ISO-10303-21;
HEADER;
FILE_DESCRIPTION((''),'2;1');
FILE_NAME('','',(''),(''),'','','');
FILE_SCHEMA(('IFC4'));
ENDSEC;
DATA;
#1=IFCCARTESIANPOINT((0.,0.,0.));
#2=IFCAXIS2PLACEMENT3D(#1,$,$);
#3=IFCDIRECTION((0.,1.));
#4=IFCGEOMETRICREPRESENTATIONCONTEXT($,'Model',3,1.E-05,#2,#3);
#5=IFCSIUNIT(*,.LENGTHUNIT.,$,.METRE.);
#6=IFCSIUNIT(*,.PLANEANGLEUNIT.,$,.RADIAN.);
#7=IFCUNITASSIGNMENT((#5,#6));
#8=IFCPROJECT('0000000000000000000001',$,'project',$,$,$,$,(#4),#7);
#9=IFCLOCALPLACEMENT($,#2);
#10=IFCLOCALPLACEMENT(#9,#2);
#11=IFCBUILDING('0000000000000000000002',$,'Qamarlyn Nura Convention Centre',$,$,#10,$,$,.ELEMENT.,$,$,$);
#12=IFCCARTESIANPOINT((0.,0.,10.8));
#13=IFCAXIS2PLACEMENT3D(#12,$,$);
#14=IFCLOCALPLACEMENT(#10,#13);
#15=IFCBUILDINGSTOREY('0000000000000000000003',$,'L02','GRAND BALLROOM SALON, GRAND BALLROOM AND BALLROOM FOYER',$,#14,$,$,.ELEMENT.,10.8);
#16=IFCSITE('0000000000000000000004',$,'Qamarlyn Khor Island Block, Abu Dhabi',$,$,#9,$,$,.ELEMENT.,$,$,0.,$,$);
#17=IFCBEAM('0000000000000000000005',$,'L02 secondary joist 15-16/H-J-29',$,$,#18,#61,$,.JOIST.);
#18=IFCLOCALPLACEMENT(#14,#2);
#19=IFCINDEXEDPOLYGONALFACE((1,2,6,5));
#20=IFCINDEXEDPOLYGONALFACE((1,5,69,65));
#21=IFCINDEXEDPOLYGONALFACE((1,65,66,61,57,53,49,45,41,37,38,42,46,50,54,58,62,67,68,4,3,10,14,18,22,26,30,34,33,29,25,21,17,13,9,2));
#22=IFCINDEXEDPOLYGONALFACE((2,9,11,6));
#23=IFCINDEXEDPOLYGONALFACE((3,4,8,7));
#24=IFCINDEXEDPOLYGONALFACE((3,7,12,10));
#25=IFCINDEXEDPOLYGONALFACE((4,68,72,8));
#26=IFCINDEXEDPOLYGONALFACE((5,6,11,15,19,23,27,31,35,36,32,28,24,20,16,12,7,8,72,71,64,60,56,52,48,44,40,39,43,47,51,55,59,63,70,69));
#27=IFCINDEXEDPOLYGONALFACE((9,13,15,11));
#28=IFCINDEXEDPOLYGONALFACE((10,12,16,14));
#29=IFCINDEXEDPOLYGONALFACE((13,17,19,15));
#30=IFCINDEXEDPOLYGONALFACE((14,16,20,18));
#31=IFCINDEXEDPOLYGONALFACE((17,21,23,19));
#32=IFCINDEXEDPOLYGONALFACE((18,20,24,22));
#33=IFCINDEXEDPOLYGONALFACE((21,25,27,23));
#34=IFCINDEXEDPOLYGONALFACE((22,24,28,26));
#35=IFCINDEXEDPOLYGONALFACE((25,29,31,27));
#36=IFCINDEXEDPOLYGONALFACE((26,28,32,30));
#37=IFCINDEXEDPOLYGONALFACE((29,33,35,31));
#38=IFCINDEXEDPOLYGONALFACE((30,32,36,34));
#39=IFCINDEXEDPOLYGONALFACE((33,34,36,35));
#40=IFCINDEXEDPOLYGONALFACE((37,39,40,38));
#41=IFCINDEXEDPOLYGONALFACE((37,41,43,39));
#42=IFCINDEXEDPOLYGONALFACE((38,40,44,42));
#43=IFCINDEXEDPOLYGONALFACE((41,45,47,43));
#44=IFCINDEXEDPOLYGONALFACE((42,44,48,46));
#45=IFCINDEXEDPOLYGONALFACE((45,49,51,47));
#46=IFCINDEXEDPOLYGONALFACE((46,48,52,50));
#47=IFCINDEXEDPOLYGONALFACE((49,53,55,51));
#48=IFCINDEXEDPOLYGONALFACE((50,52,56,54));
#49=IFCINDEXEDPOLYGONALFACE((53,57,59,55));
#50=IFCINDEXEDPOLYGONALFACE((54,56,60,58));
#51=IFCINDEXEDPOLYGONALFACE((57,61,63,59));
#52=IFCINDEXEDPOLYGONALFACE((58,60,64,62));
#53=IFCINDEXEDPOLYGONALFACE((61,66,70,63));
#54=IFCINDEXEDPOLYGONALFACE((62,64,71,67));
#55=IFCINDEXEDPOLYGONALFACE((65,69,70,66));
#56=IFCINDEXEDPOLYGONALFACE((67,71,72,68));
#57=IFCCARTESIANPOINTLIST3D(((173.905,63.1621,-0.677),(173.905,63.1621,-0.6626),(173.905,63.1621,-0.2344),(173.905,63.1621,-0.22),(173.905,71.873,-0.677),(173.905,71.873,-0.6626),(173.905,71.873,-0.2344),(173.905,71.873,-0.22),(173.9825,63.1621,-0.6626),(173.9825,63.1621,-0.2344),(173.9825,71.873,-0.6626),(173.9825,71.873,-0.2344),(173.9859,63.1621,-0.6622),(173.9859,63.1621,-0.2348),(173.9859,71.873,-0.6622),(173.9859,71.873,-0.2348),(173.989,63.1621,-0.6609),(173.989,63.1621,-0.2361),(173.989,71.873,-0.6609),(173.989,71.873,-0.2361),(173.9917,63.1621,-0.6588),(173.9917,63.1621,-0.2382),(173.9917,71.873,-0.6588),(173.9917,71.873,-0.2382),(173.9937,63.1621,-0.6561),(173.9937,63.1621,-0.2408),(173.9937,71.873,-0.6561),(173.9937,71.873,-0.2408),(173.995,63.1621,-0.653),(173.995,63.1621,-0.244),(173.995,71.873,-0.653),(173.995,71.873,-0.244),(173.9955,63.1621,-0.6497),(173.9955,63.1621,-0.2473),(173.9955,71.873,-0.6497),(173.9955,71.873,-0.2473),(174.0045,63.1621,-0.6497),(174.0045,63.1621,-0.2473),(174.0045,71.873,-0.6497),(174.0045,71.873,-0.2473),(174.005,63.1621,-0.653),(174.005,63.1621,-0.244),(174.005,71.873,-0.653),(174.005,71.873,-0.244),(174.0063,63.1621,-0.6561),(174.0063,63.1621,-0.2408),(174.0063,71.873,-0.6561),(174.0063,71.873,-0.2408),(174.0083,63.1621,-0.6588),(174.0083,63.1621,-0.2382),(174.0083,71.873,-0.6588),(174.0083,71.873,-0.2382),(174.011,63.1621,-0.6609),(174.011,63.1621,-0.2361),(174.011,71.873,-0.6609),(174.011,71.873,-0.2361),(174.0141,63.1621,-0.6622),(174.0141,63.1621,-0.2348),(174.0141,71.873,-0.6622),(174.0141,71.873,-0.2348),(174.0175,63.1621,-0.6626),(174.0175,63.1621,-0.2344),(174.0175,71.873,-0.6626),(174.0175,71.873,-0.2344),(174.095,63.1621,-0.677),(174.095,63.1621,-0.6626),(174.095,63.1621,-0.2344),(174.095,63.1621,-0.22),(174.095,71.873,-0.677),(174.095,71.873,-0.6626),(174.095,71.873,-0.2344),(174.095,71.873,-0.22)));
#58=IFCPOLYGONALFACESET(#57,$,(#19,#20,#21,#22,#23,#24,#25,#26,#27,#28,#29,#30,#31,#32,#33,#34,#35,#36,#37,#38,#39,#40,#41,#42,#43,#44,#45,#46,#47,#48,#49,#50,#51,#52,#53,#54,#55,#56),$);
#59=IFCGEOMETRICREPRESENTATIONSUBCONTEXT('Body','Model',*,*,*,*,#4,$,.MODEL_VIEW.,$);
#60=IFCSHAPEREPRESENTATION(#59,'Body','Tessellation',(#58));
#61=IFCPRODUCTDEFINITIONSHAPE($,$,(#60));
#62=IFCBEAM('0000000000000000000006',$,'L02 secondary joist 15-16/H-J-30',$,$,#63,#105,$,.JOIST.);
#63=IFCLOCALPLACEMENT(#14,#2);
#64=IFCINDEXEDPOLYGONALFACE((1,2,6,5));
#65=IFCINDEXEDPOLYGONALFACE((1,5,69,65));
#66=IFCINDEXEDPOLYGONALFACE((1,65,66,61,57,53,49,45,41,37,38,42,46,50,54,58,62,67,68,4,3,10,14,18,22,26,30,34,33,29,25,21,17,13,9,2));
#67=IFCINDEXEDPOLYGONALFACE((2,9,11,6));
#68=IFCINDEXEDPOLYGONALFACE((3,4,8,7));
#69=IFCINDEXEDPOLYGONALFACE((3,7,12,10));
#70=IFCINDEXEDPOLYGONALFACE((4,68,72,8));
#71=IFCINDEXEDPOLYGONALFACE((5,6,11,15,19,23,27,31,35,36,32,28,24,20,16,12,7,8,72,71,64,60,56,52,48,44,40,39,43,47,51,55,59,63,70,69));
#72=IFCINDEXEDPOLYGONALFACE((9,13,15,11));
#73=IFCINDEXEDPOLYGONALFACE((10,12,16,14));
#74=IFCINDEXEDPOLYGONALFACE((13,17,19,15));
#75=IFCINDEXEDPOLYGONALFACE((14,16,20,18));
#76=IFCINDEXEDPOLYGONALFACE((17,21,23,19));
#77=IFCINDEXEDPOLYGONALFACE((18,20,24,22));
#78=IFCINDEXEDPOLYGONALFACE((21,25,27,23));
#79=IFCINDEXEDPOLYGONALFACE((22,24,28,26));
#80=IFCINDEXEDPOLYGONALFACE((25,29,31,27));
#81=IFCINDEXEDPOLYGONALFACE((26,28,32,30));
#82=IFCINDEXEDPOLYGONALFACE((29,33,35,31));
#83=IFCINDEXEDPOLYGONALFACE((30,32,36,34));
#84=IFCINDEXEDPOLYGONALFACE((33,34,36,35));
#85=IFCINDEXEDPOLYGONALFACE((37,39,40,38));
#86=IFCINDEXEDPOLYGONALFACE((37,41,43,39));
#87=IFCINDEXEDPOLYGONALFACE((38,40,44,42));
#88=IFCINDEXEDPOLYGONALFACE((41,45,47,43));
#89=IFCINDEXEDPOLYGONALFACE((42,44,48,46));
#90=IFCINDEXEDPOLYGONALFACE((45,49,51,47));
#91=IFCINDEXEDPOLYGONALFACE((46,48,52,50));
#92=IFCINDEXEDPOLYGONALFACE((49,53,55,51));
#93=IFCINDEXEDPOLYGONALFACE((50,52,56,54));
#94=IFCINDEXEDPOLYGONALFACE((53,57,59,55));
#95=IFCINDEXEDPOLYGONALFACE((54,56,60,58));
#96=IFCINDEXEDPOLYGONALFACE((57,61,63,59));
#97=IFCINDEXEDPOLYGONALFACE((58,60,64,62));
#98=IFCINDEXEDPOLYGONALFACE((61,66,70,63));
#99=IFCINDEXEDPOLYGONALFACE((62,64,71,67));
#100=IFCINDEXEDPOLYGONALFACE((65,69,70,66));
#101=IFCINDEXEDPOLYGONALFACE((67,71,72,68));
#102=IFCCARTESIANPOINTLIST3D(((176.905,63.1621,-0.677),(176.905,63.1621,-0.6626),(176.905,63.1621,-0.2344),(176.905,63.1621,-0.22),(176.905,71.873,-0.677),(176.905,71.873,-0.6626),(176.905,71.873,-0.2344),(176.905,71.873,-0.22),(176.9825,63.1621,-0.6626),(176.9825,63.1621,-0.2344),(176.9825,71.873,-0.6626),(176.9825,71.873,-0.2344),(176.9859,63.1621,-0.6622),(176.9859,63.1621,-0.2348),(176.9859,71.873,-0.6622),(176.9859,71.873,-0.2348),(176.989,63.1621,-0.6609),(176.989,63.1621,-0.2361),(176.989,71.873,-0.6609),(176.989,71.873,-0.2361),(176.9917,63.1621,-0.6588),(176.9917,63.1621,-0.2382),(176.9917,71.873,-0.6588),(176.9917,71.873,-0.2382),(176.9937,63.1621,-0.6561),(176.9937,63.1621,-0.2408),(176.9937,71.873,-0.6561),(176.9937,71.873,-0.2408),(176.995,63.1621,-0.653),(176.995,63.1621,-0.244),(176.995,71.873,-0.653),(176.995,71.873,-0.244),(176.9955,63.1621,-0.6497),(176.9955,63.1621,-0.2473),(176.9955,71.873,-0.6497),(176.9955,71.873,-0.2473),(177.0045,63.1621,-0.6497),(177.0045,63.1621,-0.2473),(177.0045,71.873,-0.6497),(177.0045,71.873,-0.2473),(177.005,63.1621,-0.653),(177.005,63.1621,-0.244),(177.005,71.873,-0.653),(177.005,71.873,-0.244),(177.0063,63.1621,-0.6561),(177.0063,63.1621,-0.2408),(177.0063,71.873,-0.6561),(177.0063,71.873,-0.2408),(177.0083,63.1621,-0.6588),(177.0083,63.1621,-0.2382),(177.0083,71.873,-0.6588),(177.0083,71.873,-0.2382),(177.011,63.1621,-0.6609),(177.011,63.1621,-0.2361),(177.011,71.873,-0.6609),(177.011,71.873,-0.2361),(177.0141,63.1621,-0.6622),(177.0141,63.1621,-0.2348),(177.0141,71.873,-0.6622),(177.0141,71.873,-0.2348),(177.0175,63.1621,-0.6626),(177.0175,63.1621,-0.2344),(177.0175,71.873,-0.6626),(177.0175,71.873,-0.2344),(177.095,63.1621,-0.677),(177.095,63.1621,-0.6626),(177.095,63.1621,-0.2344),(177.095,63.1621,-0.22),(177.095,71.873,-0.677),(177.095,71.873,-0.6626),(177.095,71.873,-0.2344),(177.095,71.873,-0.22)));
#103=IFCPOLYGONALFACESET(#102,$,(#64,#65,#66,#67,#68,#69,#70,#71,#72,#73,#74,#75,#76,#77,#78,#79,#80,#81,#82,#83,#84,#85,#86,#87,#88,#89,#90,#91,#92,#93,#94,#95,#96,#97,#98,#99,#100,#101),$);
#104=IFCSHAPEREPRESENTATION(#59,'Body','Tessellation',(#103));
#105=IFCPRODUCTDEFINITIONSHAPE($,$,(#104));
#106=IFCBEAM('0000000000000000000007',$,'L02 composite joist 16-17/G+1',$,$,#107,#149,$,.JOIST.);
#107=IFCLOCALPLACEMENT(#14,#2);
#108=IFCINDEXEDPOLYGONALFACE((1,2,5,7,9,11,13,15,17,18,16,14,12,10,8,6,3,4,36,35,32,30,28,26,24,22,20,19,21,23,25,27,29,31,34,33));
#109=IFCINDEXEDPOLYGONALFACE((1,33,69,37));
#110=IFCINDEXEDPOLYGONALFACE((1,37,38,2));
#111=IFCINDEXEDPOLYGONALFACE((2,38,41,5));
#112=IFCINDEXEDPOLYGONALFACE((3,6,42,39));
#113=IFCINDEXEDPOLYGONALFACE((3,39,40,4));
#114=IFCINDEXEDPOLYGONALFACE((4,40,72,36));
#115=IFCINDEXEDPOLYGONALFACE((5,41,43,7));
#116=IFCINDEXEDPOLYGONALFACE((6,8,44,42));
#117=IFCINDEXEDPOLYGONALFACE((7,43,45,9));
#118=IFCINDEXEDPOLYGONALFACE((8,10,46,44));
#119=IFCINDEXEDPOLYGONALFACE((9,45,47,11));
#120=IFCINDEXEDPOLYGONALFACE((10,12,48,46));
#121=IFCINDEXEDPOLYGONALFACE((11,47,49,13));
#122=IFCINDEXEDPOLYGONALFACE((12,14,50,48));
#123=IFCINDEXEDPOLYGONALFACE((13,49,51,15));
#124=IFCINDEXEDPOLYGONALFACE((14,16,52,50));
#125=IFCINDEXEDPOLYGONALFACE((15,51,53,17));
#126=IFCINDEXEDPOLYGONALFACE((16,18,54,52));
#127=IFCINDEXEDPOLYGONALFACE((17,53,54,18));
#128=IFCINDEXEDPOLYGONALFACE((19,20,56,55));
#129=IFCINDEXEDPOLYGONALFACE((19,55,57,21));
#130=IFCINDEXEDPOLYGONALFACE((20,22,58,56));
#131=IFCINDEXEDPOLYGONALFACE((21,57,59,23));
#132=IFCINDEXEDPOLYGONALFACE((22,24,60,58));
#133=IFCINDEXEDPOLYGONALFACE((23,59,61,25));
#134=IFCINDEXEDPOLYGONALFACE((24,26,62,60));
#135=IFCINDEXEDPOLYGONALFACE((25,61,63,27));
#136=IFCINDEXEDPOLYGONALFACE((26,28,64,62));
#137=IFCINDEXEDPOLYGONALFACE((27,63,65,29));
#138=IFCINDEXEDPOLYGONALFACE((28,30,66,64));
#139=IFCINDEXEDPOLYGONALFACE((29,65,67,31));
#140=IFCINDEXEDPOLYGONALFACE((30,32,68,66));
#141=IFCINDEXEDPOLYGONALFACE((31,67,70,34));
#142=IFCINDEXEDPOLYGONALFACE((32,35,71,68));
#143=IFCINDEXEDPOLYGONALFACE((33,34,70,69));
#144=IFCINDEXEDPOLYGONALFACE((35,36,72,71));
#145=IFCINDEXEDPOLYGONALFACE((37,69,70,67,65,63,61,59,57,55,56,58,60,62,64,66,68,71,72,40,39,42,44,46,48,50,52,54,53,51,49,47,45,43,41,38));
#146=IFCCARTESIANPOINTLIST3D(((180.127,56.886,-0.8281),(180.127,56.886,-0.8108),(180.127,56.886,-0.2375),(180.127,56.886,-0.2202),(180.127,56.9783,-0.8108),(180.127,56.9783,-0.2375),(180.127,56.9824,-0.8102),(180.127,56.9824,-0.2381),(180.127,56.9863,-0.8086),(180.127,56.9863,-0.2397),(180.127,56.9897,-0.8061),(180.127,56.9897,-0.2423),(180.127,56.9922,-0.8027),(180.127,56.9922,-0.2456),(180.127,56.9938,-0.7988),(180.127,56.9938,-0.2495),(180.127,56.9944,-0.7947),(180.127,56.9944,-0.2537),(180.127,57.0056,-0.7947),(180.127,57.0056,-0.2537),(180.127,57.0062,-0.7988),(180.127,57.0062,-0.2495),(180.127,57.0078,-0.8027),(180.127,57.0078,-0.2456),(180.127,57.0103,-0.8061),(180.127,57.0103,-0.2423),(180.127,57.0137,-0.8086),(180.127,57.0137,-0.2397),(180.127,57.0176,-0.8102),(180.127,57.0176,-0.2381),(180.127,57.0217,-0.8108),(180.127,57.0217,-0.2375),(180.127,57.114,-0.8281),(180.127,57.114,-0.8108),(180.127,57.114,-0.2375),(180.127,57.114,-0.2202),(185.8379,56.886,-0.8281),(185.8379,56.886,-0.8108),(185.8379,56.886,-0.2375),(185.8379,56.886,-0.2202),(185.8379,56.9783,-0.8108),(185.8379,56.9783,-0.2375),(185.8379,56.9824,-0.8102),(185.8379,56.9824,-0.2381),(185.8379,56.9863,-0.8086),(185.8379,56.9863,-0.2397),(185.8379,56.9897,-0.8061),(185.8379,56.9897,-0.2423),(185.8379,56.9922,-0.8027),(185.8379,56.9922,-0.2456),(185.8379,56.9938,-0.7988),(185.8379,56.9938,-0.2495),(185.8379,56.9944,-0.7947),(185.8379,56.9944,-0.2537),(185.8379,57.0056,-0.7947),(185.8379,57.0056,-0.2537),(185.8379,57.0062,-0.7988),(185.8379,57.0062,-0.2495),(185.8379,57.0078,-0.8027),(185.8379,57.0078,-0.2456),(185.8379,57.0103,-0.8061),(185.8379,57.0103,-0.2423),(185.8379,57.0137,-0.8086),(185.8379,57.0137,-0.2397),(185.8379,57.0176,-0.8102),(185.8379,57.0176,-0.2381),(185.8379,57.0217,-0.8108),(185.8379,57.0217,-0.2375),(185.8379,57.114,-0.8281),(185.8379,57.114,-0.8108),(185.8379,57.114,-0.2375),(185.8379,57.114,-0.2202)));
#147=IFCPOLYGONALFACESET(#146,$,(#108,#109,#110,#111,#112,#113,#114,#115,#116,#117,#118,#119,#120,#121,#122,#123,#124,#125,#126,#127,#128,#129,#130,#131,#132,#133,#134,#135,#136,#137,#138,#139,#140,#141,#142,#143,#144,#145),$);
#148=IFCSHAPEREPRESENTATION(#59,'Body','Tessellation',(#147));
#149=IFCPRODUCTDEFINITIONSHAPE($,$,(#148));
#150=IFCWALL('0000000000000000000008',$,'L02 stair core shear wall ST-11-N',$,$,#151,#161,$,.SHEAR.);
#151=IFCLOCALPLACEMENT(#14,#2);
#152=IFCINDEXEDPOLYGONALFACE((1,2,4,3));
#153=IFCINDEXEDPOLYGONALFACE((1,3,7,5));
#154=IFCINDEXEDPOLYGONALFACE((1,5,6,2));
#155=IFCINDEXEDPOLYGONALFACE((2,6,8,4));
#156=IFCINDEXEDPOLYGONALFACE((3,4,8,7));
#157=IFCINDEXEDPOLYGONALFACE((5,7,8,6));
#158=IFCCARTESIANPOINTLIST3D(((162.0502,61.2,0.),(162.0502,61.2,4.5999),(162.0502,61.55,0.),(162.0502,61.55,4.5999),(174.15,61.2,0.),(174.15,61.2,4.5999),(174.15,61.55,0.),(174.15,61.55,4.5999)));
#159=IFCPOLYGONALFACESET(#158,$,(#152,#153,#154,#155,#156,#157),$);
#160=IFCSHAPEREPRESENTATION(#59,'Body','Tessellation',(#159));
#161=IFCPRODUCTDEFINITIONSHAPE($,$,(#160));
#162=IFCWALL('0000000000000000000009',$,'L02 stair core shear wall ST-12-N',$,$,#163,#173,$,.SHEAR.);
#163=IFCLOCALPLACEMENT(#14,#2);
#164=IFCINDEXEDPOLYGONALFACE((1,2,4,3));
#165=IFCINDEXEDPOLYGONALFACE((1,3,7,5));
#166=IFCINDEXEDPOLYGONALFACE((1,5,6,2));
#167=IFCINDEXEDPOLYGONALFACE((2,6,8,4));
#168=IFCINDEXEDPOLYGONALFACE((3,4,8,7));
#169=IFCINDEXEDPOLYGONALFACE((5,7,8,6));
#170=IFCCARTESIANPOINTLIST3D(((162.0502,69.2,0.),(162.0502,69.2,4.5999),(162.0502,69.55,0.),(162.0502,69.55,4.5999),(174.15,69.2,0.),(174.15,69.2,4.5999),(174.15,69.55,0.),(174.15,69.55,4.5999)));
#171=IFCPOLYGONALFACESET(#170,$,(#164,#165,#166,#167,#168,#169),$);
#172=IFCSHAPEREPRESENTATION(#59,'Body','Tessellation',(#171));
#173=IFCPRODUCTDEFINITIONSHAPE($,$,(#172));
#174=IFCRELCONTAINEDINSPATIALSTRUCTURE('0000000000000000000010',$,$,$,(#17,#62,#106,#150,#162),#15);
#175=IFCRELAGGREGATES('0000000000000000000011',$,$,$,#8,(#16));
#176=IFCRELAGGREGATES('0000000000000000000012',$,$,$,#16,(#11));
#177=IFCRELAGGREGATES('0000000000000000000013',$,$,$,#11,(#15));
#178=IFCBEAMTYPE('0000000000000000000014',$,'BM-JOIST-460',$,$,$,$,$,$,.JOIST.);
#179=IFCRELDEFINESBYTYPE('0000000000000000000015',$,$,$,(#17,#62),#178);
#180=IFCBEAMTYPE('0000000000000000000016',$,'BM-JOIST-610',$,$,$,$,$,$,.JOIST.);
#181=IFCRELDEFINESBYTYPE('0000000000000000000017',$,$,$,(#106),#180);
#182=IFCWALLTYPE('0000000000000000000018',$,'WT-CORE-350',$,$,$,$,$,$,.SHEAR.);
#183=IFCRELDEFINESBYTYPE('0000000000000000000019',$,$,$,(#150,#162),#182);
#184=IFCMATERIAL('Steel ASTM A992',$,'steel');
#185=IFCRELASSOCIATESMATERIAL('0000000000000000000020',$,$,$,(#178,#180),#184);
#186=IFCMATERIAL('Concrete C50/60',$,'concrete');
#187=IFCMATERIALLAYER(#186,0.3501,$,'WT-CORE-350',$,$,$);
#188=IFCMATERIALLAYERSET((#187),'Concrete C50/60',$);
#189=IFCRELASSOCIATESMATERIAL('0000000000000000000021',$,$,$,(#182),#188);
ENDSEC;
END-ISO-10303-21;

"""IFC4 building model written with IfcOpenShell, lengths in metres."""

from ifc_helpers import new_model, si_unit, direction, frame, frame_2d, origin, origin_2d, place, context, subcontext, project, spatial, rectangle, i_section, extrude, material, layer, layer_set, material_profile, profile_set, type_object, element, save


model = new_model("IFC4")

# Units and contexts
model_context = context("Model", 3, precision=1e-05, world=origin(), true_north=direction((0.0, 1.0)))
body_context = subcontext(model_context, "Body", "Model", "MODEL_VIEW")
ifc_project = project(units=[si_unit("LENGTHUNIT", "METRE"), si_unit("PLANEANGLEUNIT", "RADIAN")], contexts=[model_context])

# Site, building, storey
site_placement = place(None, origin())
site = spatial("IfcSite", under=ifc_project, at=site_placement, Name="Qamarlyn Khor Island Block, Abu Dhabi", CompositionType="ELEMENT", RefElevation=0.0)
building_placement = place(site_placement, origin())
building = spatial("IfcBuilding", under=site, at=building_placement, Name="Qamarlyn Nura Convention Centre", CompositionType="ELEMENT")
storey_placement = place(building_placement, frame((0.0, 0.0, 10.8)))
storey = spatial("IfcBuildingStorey", under=building, at=storey_placement, Name="L02", Description="GRAND BALLROOM SALON, GRAND BALLROOM AND BALLROOM FOYER", CompositionType="ELEMENT", Elevation=10.8)

# Shared definitions
ifc_material_1 = material(Name="Steel ASTM A992", Category="steel")

# Beams
ifc_material_profile_1 = material_profile(ifc_material_1, i_section(OverallWidth=0.1899, OverallDepth=0.457, WebThickness=0.009, FlangeThickness=0.0144, FilletRadius=0.0129, at=origin_2d()), Name="W460X74")
ifc_profile_set_1 = profile_set([ifc_material_profile_1], Name="Steel ASTM A992")
beam_type_1 = type_object("IfcBeamType", Name="BM-JOIST-460", PredefinedType="JOIST", material=ifc_profile_set_1)
for number, where, z_axis, x_axis, name in (
    (1, (174.0, 63.1621, -0.4485), (0.0, 1.0, 0.0), (-1.0, 0.0, 0.0), "L02 secondary joist 15-16/H-J-29"),
    (2, (177.0, 63.1621, -0.4485), (0.0, 1.0, 0.0), (-1.0, 0.0, 0.0), "L02 secondary joist 15-16/H-J-30"),
):
    element("IfcBeam", number, at=place(storey_placement, frame(where, z_axis=z_axis, x_axis=x_axis)), inside=storey, type_object=beam_type_1, Name=name, PredefinedType="JOIST", context=body_context, shape_type="SweptSolid", body=[
        extrude(i_section(OverallWidth=0.1899, OverallDepth=0.457, WebThickness=0.009, FlangeThickness=0.0144, FilletRadius=0.0129, at=origin_2d()), origin(), (0.0, 0.0, 1.0), 8.7109),
    ])
ifc_material_profile_2 = material_profile(ifc_material_1, i_section(OverallWidth=0.228, OverallDepth=0.6079, WebThickness=0.0112, FlangeThickness=0.0173, FilletRadius=0.0161, at=origin_2d()), Name="W610X113")
ifc_profile_set_2 = profile_set([ifc_material_profile_2], Name="Steel ASTM A992")
beam_type_2 = type_object("IfcBeamType", Name="BM-JOIST-610", PredefinedType="JOIST", material=ifc_profile_set_2)
beam_1_placement = place(storey_placement, frame((180.127, 57.0, -0.5242), z_axis=(1.0, 0.0, 0.0), x_axis=(0.0, 1.0, 0.0)))
element("IfcBeam", 3, at=beam_1_placement, inside=storey, type_object=beam_type_2, Name="L02 composite joist 16-17/G+1", PredefinedType="JOIST", context=body_context, shape_type="SweptSolid", body=[
    extrude(i_section(OverallWidth=0.228, OverallDepth=0.6079, WebThickness=0.0112, FlangeThickness=0.0173, FilletRadius=0.0161, at=origin_2d()), origin(), (0.0, 0.0, 1.0), 5.7109),
])

# Walls
ifc_material_2 = material(Name="Concrete C50/60", Category="concrete")
ifc_layer_1 = layer(ifc_material_2, 0.3501, Name="WT-CORE-350")
ifc_layer_set_1 = layer_set([ifc_layer_1], Name="Concrete C50/60")
wall_type_1 = type_object("IfcWallType", Name="WT-CORE-350", PredefinedType="SHEAR", material=ifc_layer_set_1)
for number, where, z_axis, x_axis, name in (
    (4, (174.1499, 61.375, 0.0), (0.0, 0.0, 1.0), (-1.0, 0.0, 0.0), "L02 stair core shear wall ST-11-N"),
    (5, (174.1499, 69.375, 0.0), (0.0, 0.0, 1.0), (-1.0, 0.0, 0.0), "L02 stair core shear wall ST-12-N"),
):
    element("IfcWall", number, at=place(storey_placement, frame(where, z_axis=z_axis, x_axis=x_axis)), inside=storey, type_object=wall_type_1, Name=name, PredefinedType="SHEAR", context=body_context, shape_type="SweptSolid", body=[
        extrude(rectangle(XDim=12.0999, YDim=0.3501, at=frame_2d((6.0498, 0.0))), origin(), (0.0, 0.0, 1.0), 4.5999),
    ])

save(model, "model.ifc")
